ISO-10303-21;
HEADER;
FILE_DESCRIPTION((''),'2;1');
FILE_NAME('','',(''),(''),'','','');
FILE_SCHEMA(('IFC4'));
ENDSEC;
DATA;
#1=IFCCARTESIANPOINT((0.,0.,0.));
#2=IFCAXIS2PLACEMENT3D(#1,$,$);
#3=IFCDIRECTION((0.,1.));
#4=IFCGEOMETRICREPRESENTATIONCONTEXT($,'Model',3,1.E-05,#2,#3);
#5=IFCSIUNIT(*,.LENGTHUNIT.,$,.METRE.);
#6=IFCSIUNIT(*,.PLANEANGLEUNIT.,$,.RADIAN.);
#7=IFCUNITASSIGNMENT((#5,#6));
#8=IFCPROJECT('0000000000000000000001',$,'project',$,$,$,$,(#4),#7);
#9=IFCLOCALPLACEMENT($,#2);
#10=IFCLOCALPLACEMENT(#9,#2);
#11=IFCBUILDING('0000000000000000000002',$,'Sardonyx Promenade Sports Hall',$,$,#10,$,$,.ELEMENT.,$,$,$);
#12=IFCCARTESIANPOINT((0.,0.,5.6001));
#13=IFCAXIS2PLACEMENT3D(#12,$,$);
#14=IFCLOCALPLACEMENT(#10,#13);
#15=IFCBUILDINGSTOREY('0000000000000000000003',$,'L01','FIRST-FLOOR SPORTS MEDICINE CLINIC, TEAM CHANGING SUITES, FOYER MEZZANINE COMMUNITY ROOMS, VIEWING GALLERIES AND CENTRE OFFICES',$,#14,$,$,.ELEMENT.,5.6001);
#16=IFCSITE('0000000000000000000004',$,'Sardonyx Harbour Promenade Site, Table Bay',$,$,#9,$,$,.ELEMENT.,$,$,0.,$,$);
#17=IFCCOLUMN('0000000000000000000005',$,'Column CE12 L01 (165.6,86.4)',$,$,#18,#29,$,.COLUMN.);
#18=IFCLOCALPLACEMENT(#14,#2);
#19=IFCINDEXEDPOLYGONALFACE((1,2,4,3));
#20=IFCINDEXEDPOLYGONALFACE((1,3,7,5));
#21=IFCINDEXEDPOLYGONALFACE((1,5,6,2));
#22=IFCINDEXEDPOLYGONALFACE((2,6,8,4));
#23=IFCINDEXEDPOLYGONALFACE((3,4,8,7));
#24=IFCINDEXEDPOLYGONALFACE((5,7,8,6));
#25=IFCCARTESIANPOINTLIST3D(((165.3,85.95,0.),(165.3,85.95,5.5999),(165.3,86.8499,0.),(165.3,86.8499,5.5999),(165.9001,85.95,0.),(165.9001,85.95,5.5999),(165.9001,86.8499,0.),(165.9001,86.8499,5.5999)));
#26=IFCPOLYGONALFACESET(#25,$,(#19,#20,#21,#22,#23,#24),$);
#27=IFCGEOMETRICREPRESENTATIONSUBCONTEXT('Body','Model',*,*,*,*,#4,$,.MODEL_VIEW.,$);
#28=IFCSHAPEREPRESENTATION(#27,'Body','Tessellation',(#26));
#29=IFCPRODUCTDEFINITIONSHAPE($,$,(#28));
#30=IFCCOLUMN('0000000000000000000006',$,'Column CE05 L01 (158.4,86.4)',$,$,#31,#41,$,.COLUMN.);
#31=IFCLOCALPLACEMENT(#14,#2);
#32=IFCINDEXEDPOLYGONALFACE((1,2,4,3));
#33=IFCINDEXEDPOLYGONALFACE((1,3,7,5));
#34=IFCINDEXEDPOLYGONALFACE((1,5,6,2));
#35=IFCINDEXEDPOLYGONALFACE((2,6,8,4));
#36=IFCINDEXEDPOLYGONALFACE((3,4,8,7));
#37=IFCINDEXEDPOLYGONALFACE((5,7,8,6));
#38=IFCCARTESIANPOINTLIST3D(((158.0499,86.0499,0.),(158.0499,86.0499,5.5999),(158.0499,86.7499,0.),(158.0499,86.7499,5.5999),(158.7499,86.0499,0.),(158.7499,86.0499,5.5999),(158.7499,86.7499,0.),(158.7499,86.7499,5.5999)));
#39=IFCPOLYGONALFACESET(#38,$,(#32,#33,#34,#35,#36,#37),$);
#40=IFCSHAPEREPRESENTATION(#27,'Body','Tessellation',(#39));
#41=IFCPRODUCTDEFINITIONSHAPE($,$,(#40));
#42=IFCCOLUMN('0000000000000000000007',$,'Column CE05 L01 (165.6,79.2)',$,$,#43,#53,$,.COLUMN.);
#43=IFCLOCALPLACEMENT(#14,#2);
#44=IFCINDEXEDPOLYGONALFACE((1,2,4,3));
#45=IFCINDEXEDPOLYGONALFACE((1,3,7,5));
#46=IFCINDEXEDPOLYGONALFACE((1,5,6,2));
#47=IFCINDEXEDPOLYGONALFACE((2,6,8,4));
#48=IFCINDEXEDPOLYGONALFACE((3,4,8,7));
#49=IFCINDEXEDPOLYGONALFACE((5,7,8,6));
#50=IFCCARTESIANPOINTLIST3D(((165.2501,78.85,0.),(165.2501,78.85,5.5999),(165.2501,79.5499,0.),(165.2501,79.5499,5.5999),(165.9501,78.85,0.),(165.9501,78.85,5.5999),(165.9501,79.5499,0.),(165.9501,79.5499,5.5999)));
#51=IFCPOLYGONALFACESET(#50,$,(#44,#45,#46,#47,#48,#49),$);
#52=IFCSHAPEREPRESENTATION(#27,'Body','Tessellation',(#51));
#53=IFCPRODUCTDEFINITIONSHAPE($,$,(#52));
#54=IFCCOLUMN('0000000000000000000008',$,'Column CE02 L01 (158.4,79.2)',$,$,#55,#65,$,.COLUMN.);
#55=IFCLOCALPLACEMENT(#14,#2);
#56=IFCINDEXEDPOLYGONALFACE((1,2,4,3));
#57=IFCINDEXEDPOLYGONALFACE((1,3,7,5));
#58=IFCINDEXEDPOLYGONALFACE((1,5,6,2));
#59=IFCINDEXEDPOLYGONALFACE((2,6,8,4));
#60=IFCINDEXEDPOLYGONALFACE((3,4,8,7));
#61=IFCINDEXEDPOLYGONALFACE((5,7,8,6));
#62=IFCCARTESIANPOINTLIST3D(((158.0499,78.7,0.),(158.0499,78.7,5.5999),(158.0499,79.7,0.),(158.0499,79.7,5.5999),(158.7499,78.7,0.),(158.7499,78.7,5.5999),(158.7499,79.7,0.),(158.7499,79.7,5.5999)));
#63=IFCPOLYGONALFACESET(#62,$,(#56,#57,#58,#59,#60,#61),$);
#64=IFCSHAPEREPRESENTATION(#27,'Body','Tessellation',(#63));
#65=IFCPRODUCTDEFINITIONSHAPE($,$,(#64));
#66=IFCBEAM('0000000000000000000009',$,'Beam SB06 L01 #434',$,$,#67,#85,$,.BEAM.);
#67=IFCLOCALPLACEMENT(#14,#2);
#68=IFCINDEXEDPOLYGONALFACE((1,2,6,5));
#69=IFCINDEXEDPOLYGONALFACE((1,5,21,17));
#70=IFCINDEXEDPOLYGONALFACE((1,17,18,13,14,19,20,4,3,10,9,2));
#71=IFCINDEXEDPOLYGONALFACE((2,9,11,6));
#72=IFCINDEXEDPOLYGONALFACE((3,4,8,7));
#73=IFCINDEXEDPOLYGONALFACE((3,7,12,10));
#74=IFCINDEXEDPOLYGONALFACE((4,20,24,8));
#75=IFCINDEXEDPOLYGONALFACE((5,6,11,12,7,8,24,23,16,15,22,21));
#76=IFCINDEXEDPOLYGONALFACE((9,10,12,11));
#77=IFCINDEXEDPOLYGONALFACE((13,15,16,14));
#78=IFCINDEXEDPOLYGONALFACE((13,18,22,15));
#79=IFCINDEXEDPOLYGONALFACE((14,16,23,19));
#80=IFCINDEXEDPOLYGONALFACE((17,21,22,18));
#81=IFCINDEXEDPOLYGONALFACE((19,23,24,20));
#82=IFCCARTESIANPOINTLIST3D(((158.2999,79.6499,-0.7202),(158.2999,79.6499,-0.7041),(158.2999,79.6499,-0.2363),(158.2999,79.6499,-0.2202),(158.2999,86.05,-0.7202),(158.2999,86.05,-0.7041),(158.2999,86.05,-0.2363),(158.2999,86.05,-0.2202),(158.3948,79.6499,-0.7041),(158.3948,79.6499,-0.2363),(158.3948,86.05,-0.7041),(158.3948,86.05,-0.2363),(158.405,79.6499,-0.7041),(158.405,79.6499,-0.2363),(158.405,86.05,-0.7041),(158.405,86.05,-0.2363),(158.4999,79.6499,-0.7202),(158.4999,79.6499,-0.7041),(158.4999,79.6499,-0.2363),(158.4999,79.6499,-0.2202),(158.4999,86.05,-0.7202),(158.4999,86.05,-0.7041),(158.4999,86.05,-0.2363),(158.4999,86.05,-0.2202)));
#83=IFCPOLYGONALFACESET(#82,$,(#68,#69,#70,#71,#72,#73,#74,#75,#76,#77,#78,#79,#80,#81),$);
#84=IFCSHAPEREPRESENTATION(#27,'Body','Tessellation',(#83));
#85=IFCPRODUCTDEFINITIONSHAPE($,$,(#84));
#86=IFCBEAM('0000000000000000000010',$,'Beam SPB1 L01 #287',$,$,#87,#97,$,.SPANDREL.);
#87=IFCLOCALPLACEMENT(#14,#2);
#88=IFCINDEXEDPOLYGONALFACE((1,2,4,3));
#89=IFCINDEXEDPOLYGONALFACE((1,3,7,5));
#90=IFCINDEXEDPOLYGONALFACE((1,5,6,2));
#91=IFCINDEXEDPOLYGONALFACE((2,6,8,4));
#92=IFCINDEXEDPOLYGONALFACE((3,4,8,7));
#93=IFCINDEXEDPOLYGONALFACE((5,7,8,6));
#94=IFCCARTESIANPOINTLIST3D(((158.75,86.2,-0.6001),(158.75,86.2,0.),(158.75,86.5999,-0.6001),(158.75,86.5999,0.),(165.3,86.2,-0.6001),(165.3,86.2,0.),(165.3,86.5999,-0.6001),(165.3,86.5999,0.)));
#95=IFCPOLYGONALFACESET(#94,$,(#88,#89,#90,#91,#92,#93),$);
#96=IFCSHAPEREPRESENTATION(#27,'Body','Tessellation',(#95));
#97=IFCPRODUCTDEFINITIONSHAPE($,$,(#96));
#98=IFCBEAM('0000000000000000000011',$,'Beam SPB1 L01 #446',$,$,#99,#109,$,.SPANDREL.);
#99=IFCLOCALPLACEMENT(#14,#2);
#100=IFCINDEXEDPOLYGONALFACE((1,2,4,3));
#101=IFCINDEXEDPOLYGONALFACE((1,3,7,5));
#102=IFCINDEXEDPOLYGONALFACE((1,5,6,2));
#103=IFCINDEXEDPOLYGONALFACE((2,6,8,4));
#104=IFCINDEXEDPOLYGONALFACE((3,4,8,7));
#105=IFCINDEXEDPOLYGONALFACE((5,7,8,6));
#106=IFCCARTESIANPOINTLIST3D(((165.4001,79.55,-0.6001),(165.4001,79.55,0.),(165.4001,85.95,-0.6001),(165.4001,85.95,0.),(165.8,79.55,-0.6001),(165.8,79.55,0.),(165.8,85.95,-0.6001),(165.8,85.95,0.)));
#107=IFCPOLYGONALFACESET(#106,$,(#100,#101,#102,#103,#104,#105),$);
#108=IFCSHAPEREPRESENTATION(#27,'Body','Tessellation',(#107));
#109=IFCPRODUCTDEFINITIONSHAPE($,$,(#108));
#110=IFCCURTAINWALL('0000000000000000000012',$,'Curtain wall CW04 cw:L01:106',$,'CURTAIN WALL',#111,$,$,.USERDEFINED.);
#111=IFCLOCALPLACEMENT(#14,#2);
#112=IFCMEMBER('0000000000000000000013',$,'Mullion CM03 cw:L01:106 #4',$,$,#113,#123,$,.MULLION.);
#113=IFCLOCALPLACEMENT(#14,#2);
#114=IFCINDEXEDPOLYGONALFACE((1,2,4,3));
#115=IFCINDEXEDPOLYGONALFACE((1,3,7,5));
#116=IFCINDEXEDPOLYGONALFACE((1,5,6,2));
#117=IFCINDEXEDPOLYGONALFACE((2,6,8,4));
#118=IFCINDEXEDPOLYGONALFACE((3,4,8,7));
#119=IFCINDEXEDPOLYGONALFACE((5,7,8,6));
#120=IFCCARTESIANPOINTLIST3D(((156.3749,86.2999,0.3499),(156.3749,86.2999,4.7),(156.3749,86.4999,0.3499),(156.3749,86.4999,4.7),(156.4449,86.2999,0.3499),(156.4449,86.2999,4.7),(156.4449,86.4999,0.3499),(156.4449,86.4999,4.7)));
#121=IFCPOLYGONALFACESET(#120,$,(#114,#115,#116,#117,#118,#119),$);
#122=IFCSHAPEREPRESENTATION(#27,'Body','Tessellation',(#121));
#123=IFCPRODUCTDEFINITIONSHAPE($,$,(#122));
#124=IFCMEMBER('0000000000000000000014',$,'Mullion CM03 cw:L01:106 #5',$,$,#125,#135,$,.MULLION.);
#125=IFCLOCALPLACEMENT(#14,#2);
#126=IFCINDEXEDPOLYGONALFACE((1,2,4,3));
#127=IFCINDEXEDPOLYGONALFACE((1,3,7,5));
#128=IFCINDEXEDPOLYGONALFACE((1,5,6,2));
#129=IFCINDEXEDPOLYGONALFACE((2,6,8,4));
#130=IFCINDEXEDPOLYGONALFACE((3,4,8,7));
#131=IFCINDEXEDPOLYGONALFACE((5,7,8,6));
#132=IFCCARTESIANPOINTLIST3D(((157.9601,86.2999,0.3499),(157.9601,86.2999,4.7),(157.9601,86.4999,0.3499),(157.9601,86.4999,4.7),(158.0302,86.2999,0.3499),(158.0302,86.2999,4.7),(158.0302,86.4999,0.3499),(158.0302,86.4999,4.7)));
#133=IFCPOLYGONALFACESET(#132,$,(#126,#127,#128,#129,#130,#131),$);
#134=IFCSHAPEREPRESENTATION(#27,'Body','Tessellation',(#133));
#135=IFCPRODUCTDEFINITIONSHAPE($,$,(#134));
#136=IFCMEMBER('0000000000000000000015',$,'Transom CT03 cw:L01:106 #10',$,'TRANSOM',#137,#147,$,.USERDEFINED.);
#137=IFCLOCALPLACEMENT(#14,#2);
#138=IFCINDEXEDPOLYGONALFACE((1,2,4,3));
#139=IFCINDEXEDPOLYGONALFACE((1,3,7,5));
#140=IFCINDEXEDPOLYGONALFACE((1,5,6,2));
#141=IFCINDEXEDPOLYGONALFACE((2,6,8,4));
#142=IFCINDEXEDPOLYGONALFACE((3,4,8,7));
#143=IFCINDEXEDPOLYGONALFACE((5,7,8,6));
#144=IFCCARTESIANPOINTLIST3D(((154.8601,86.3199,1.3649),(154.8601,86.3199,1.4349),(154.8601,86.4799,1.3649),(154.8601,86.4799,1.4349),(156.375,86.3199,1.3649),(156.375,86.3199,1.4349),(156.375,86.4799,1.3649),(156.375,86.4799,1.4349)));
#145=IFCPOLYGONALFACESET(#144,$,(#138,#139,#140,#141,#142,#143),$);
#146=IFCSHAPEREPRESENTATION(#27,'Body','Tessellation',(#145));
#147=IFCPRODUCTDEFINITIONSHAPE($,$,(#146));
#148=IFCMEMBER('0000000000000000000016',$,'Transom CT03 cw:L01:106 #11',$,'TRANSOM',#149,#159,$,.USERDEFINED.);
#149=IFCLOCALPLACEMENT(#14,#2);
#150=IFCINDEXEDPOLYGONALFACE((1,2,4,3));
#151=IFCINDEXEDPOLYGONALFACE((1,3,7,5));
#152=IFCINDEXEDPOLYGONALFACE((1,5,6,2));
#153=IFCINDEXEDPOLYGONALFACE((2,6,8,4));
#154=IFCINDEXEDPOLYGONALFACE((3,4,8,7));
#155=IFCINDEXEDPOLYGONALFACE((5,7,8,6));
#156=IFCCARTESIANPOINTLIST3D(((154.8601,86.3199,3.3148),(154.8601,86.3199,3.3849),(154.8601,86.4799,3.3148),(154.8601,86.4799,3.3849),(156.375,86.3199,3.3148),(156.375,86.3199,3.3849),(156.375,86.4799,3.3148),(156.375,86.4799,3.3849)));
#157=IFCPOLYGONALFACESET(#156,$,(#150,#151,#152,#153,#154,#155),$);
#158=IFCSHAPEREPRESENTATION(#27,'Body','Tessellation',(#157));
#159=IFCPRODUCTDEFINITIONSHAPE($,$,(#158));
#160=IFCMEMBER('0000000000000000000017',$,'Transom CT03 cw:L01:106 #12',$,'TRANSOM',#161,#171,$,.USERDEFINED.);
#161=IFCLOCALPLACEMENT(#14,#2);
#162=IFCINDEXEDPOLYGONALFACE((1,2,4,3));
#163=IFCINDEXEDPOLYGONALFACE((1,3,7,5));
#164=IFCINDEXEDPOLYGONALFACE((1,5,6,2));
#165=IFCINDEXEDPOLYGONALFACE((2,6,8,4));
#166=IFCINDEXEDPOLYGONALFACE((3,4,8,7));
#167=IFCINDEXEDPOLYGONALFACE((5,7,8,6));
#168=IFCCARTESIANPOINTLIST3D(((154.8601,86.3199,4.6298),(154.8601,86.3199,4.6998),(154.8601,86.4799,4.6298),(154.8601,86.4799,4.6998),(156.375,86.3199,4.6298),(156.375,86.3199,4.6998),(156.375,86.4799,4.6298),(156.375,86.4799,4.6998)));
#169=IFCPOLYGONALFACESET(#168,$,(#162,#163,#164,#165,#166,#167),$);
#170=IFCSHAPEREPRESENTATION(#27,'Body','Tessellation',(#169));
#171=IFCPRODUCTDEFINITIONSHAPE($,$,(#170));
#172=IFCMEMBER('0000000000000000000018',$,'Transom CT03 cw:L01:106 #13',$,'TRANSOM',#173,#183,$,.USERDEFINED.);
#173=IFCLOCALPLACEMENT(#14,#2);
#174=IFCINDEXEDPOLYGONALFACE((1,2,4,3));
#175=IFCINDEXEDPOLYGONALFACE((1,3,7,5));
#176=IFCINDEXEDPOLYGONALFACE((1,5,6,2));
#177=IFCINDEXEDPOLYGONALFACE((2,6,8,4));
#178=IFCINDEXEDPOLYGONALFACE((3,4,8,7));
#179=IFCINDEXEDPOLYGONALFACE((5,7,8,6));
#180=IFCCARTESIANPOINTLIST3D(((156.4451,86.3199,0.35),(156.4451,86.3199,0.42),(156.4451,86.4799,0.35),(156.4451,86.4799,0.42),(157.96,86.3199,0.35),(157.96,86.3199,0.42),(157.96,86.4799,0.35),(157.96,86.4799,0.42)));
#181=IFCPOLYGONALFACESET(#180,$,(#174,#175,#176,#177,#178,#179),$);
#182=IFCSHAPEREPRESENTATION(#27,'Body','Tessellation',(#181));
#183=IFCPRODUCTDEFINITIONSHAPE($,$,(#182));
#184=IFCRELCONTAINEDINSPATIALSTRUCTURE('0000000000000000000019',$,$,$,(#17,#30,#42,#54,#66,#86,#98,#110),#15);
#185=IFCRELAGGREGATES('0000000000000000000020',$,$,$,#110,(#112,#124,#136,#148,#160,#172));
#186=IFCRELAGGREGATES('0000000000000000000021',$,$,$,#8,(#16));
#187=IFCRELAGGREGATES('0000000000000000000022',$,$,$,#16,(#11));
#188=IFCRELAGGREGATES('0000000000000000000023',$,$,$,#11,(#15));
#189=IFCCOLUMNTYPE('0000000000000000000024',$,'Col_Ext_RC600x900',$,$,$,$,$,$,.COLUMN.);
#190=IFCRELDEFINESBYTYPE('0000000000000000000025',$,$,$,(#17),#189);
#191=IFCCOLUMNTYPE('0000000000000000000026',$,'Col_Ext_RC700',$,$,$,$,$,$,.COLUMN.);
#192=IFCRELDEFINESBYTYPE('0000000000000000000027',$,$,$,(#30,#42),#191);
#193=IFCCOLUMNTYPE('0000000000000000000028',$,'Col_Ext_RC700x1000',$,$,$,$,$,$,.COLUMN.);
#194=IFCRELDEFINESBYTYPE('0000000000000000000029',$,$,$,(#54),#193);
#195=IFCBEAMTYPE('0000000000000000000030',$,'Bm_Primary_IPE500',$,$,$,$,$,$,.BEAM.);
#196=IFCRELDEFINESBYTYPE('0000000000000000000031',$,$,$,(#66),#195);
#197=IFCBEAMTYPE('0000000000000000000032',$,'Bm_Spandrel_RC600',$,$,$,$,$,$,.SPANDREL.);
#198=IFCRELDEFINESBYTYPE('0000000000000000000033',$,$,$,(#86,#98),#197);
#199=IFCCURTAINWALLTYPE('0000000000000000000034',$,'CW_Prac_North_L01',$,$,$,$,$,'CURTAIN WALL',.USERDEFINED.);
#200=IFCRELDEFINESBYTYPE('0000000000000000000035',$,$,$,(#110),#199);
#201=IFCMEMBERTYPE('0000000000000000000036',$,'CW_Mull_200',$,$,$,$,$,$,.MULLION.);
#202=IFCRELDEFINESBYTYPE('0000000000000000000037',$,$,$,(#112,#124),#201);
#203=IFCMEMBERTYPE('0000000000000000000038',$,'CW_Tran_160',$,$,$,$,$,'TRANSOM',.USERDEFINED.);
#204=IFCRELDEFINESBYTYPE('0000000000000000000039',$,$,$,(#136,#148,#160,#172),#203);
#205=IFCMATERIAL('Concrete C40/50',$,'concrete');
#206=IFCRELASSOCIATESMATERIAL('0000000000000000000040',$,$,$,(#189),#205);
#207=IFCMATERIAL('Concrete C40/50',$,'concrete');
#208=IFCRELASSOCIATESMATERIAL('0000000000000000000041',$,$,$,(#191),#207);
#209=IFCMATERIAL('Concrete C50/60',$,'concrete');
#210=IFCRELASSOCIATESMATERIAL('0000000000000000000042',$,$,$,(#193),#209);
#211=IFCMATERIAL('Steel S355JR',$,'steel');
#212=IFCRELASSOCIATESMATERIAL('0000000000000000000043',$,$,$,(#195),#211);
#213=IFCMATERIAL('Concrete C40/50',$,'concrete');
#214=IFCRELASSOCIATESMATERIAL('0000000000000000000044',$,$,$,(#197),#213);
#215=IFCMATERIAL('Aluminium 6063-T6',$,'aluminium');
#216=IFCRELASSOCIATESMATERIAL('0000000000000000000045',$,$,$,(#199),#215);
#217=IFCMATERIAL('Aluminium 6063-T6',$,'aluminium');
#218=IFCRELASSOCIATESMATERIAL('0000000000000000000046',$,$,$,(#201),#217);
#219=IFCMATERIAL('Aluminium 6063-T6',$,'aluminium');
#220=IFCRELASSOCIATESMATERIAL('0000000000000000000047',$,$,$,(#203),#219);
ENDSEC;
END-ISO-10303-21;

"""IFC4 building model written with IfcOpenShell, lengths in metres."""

from ifc_helpers import new_model, si_unit, direction, frame, origin, origin_2d, place, context, subcontext, project, spatial, rectangle, i_section, extrude, material, material_profile, profile_set, type_object, element, aggregate, save


model = new_model("IFC4")

# Units and contexts
model_context = context("Model", 3, precision=1e-05, world=origin(), true_north=direction((0.0, 1.0)))
body_context = subcontext(model_context, "Body", "Model", "MODEL_VIEW")
ifc_project = project(units=[si_unit("LENGTHUNIT", "METRE"), si_unit("PLANEANGLEUNIT", "RADIAN")], contexts=[model_context])

# Site, building, storey
site_placement = place(None, origin())
site = spatial("IfcSite", under=ifc_project, at=site_placement, Name="Sardonyx Harbour Promenade Site, Table Bay", CompositionType="ELEMENT", RefElevation=0.0)
building_placement = place(site_placement, origin())
building = spatial("IfcBuilding", under=site, at=building_placement, Name="Sardonyx Promenade Sports Hall", CompositionType="ELEMENT")
storey_placement = place(building_placement, frame((0.0, 0.0, 5.6001)))
storey = spatial("IfcBuildingStorey", under=building, at=storey_placement, Name="L01", Description="FIRST-FLOOR SPORTS MEDICINE CLINIC, TEAM CHANGING SUITES, FOYER MEZZANINE COMMUNITY ROOMS, VIEWING GALLERIES AND CENTRE OFFICES", CompositionType="ELEMENT", Elevation=5.6001)

# Columns
ifc_material_1 = material(Name="Concrete C40/50", Category="concrete")
ifc_material_profile_1 = material_profile(ifc_material_1, rectangle(XDim=0.6001, YDim=0.8999, at=origin_2d()))
ifc_profile_set_1 = profile_set([ifc_material_profile_1], Name="Concrete C40/50")
column_type_1 = type_object("IfcColumnType", Name="Col_Ext_RC600x900", PredefinedType="COLUMN", material=ifc_profile_set_1)
column_1_placement = place(storey_placement, frame((165.6001, 86.3999, 0.0), z_axis=(0.0, 0.0, 1.0), x_axis=(1.0, 0.0, 0.0)))
element("IfcColumn", 1, at=column_1_placement, inside=storey, type_object=column_type_1, Name="Column CE12 L01 (165.6,86.4)", PredefinedType="COLUMN", context=body_context, shape_type="SweptSolid", body=[
    extrude(rectangle(XDim=0.6001, YDim=0.8999, at=origin_2d()), origin(), (0.0, 0.0, 1.0), 5.5999),
])
ifc_material_2 = material(Name="Concrete C40/50", Category="concrete")
ifc_material_profile_2 = material_profile(ifc_material_2, rectangle(XDim=0.7, YDim=0.7, at=origin_2d()))
ifc_profile_set_2 = profile_set([ifc_material_profile_2], Name="Concrete C40/50")
column_type_2 = type_object("IfcColumnType", Name="Col_Ext_RC700", PredefinedType="COLUMN", material=ifc_profile_set_2)
for number, where, z_axis, x_axis, name in (
    (2, (158.3999, 86.3999, 0.0), (0.0, 0.0, 1.0), (1.0, 0.0, 0.0), "Column CE05 L01 (158.4,86.4)"),
    (3, (165.6001, 79.2, 0.0), (0.0, 0.0, 1.0), (1.0, 0.0, 0.0), "Column CE05 L01 (165.6,79.2)"),
):
    element("IfcColumn", number, at=place(storey_placement, frame(where, z_axis=z_axis, x_axis=x_axis)), inside=storey, type_object=column_type_2, Name=name, PredefinedType="COLUMN", context=body_context, shape_type="SweptSolid", body=[
        extrude(rectangle(XDim=0.7, YDim=0.7, at=origin_2d()), origin(), (0.0, 0.0, 1.0), 5.5999),
    ])
ifc_material_3 = material(Name="Concrete C50/60", Category="concrete")
ifc_material_profile_3 = material_profile(ifc_material_3, rectangle(XDim=0.7, YDim=1.0, at=origin_2d()))
ifc_profile_set_3 = profile_set([ifc_material_profile_3], Name="Concrete C50/60")
column_type_3 = type_object("IfcColumnType", Name="Col_Ext_RC700x1000", PredefinedType="COLUMN", material=ifc_profile_set_3)
column_2_placement = place(storey_placement, frame((158.3999, 79.2, 0.0), z_axis=(0.0, 0.0, 1.0), x_axis=(1.0, 0.0, 0.0)))
element("IfcColumn", 4, at=column_2_placement, inside=storey, type_object=column_type_3, Name="Column CE02 L01 (158.4,79.2)", PredefinedType="COLUMN", context=body_context, shape_type="SweptSolid", body=[
    extrude(rectangle(XDim=0.7, YDim=1.0, at=origin_2d()), origin(), (0.0, 0.0, 1.0), 5.5999),
])

# Beams
ifc_material_4 = material(Name="Steel S355JR", Category="steel")
ifc_material_profile_4 = material_profile(ifc_material_4, i_section(OverallWidth=0.2, OverallDepth=0.5, WebThickness=0.0103, FlangeThickness=0.0161, at=origin_2d()))
ifc_profile_set_4 = profile_set([ifc_material_profile_4], Name="Steel S355JR")
beam_type_1 = type_object("IfcBeamType", Name="Bm_Primary_IPE500", PredefinedType="BEAM", material=ifc_profile_set_4)
beam_1_placement = place(storey_placement, frame((158.3999, 79.6499, -0.4702), z_axis=(0.0, 1.0, 0.0), x_axis=(-1.0, 0.0, 0.0)))
element("IfcBeam", 5, at=beam_1_placement, inside=storey, type_object=beam_type_1, Name="Beam SB06 L01 #434", PredefinedType="BEAM", context=body_context, shape_type="SweptSolid", body=[
    extrude(i_section(OverallWidth=0.2, OverallDepth=0.5, WebThickness=0.0103, FlangeThickness=0.0161, at=origin_2d()), origin(), (0.0, 0.0, 1.0), 6.4001),
])
ifc_material_5 = material(Name="Concrete C40/50", Category="concrete")
ifc_material_profile_5 = material_profile(ifc_material_5, rectangle(XDim=0.3999, YDim=0.6001, at=origin_2d()))
ifc_profile_set_5 = profile_set([ifc_material_profile_5], Name="Concrete C40/50")
beam_type_2 = type_object("IfcBeamType", Name="Bm_Spandrel_RC600", PredefinedType="SPANDREL", material=ifc_profile_set_5)
beam_2_placement = place(storey_placement, frame((158.75, 86.3999, -0.3), z_axis=(1.0, 0.0, 0.0), x_axis=(0.0, 1.0, 0.0)))
element("IfcBeam", 6, at=beam_2_placement, inside=storey, type_object=beam_type_2, Name="Beam SPB1 L01 #287", PredefinedType="SPANDREL", context=body_context, shape_type="SweptSolid", body=[
    extrude(rectangle(XDim=0.3999, YDim=0.6001, at=origin_2d()), origin(), (0.0, 0.0, 1.0), 6.55),
])
beam_3_placement = place(storey_placement, frame((165.6001, 79.55, -0.3), z_axis=(0.0, 1.0, 0.0), x_axis=(-1.0, 0.0, 0.0)))
element("IfcBeam", 7, at=beam_3_placement, inside=storey, type_object=beam_type_2, Name="Beam SPB1 L01 #446", PredefinedType="SPANDREL", context=body_context, shape_type="SweptSolid", body=[
    extrude(rectangle(XDim=0.3999, YDim=0.6001, at=origin_2d()), origin(), (0.0, 0.0, 1.0), 6.3999),
])

# Curtain wall, members
ifc_material_6 = material(Name="Aluminium 6063-T6", Category="aluminium")
curtain_wall_type = type_object("IfcCurtainWallType", Name="CW_Prac_North_L01", ElementType="CURTAIN WALL", PredefinedType="USERDEFINED", material=ifc_material_6)
curtain_wall_placement = place(storey_placement, origin())
curtain_wall = element("IfcCurtainWall", 8, at=curtain_wall_placement, inside=storey, type_object=curtain_wall_type, Name="Curtain wall CW04 cw:L01:106", ObjectType="CURTAIN WALL", PredefinedType="USERDEFINED")
ifc_material_7 = material(Name="Aluminium 6063-T6", Category="aluminium")
ifc_material_profile_6 = material_profile(ifc_material_7, rectangle(XDim=0.0701, YDim=0.2, at=origin_2d()))
ifc_profile_set_6 = profile_set([ifc_material_profile_6], Name="Aluminium 6063-T6")
member_type_1 = type_object("IfcMemberType", Name="CW_Mull_200", PredefinedType="MULLION", material=ifc_profile_set_6)
member_1_placement = place(storey_placement, frame((156.4099, 86.3999, 0.3499), z_axis=(0.0, 0.0, 1.0), x_axis=(1.0, 0.0, 0.0)))
member_1 = element("IfcMember", 9, at=member_1_placement, type_object=member_type_1, Name="Mullion CM03 cw:L01:106 #4", PredefinedType="MULLION", context=body_context, shape_type="SweptSolid", body=[
    extrude(rectangle(XDim=0.0701, YDim=0.2, at=origin_2d()), origin(), (0.0, 0.0, 1.0), 4.3501),
])
member_2_placement = place(storey_placement, frame((157.9951, 86.3999, 0.3499), z_axis=(0.0, 0.0, 1.0), x_axis=(1.0, 0.0, 0.0)))
member_2 = element("IfcMember", 10, at=member_2_placement, type_object=member_type_1, Name="Mullion CM03 cw:L01:106 #5", PredefinedType="MULLION", context=body_context, shape_type="SweptSolid", body=[
    extrude(rectangle(XDim=0.0701, YDim=0.2, at=origin_2d()), origin(), (0.0, 0.0, 1.0), 4.3501),
])
ifc_material_8 = material(Name="Aluminium 6063-T6", Category="aluminium")
ifc_material_profile_7 = material_profile(ifc_material_8, rectangle(XDim=0.0701, YDim=0.1599, at=origin_2d()))
ifc_profile_set_7 = profile_set([ifc_material_profile_7], Name="Aluminium 6063-T6")
member_type_2 = type_object("IfcMemberType", Name="CW_Tran_160", ElementType="TRANSOM", PredefinedType="USERDEFINED", material=ifc_profile_set_7)
member_3_placement = place(storey_placement, frame((154.8601, 86.3999, 1.3999), z_axis=(1.0, 0.0, 0.0), x_axis=(0.0, 0.0, 1.0)))
member_3 = element("IfcMember", 11, at=member_3_placement, type_object=member_type_2, Name="Transom CT03 cw:L01:106 #10", ObjectType="TRANSOM", PredefinedType="USERDEFINED", context=body_context, shape_type="SweptSolid", body=[
    extrude(rectangle(XDim=0.0701, YDim=0.1599, at=origin_2d()), origin(), (0.0, 0.0, 1.0), 1.5149),
])
member_4_placement = place(storey_placement, frame((154.8601, 86.3999, 3.3499), z_axis=(1.0, 0.0, 0.0), x_axis=(0.0, 0.0, 1.0)))
member_4 = element("IfcMember", 12, at=member_4_placement, type_object=member_type_2, Name="Transom CT03 cw:L01:106 #11", ObjectType="TRANSOM", PredefinedType="USERDEFINED", context=body_context, shape_type="SweptSolid", body=[
    extrude(rectangle(XDim=0.0701, YDim=0.1599, at=origin_2d()), origin(), (0.0, 0.0, 1.0), 1.5149),
])
member_5_placement = place(storey_placement, frame((154.8601, 86.3999, 4.6648), z_axis=(1.0, 0.0, 0.0), x_axis=(0.0, 0.0, 1.0)))
member_5 = element("IfcMember", 13, at=member_5_placement, type_object=member_type_2, Name="Transom CT03 cw:L01:106 #12", ObjectType="TRANSOM", PredefinedType="USERDEFINED", context=body_context, shape_type="SweptSolid", body=[
    extrude(rectangle(XDim=0.0701, YDim=0.1599, at=origin_2d()), origin(), (0.0, 0.0, 1.0), 1.5149),
])
member_6_placement = place(storey_placement, frame((156.4451, 86.3999, 0.385), z_axis=(1.0, 0.0, 0.0), x_axis=(0.0, 0.0, 1.0)))
member_6 = element("IfcMember", 14, at=member_6_placement, type_object=member_type_2, Name="Transom CT03 cw:L01:106 #13", ObjectType="TRANSOM", PredefinedType="USERDEFINED", context=body_context, shape_type="SweptSolid", body=[
    extrude(rectangle(XDim=0.0701, YDim=0.1599, at=origin_2d()), origin(), (0.0, 0.0, 1.0), 1.5149),
])
aggregate(curtain_wall, [member_1, member_2, member_3, member_4, member_5, member_6])

save(model, "model.ifc")
